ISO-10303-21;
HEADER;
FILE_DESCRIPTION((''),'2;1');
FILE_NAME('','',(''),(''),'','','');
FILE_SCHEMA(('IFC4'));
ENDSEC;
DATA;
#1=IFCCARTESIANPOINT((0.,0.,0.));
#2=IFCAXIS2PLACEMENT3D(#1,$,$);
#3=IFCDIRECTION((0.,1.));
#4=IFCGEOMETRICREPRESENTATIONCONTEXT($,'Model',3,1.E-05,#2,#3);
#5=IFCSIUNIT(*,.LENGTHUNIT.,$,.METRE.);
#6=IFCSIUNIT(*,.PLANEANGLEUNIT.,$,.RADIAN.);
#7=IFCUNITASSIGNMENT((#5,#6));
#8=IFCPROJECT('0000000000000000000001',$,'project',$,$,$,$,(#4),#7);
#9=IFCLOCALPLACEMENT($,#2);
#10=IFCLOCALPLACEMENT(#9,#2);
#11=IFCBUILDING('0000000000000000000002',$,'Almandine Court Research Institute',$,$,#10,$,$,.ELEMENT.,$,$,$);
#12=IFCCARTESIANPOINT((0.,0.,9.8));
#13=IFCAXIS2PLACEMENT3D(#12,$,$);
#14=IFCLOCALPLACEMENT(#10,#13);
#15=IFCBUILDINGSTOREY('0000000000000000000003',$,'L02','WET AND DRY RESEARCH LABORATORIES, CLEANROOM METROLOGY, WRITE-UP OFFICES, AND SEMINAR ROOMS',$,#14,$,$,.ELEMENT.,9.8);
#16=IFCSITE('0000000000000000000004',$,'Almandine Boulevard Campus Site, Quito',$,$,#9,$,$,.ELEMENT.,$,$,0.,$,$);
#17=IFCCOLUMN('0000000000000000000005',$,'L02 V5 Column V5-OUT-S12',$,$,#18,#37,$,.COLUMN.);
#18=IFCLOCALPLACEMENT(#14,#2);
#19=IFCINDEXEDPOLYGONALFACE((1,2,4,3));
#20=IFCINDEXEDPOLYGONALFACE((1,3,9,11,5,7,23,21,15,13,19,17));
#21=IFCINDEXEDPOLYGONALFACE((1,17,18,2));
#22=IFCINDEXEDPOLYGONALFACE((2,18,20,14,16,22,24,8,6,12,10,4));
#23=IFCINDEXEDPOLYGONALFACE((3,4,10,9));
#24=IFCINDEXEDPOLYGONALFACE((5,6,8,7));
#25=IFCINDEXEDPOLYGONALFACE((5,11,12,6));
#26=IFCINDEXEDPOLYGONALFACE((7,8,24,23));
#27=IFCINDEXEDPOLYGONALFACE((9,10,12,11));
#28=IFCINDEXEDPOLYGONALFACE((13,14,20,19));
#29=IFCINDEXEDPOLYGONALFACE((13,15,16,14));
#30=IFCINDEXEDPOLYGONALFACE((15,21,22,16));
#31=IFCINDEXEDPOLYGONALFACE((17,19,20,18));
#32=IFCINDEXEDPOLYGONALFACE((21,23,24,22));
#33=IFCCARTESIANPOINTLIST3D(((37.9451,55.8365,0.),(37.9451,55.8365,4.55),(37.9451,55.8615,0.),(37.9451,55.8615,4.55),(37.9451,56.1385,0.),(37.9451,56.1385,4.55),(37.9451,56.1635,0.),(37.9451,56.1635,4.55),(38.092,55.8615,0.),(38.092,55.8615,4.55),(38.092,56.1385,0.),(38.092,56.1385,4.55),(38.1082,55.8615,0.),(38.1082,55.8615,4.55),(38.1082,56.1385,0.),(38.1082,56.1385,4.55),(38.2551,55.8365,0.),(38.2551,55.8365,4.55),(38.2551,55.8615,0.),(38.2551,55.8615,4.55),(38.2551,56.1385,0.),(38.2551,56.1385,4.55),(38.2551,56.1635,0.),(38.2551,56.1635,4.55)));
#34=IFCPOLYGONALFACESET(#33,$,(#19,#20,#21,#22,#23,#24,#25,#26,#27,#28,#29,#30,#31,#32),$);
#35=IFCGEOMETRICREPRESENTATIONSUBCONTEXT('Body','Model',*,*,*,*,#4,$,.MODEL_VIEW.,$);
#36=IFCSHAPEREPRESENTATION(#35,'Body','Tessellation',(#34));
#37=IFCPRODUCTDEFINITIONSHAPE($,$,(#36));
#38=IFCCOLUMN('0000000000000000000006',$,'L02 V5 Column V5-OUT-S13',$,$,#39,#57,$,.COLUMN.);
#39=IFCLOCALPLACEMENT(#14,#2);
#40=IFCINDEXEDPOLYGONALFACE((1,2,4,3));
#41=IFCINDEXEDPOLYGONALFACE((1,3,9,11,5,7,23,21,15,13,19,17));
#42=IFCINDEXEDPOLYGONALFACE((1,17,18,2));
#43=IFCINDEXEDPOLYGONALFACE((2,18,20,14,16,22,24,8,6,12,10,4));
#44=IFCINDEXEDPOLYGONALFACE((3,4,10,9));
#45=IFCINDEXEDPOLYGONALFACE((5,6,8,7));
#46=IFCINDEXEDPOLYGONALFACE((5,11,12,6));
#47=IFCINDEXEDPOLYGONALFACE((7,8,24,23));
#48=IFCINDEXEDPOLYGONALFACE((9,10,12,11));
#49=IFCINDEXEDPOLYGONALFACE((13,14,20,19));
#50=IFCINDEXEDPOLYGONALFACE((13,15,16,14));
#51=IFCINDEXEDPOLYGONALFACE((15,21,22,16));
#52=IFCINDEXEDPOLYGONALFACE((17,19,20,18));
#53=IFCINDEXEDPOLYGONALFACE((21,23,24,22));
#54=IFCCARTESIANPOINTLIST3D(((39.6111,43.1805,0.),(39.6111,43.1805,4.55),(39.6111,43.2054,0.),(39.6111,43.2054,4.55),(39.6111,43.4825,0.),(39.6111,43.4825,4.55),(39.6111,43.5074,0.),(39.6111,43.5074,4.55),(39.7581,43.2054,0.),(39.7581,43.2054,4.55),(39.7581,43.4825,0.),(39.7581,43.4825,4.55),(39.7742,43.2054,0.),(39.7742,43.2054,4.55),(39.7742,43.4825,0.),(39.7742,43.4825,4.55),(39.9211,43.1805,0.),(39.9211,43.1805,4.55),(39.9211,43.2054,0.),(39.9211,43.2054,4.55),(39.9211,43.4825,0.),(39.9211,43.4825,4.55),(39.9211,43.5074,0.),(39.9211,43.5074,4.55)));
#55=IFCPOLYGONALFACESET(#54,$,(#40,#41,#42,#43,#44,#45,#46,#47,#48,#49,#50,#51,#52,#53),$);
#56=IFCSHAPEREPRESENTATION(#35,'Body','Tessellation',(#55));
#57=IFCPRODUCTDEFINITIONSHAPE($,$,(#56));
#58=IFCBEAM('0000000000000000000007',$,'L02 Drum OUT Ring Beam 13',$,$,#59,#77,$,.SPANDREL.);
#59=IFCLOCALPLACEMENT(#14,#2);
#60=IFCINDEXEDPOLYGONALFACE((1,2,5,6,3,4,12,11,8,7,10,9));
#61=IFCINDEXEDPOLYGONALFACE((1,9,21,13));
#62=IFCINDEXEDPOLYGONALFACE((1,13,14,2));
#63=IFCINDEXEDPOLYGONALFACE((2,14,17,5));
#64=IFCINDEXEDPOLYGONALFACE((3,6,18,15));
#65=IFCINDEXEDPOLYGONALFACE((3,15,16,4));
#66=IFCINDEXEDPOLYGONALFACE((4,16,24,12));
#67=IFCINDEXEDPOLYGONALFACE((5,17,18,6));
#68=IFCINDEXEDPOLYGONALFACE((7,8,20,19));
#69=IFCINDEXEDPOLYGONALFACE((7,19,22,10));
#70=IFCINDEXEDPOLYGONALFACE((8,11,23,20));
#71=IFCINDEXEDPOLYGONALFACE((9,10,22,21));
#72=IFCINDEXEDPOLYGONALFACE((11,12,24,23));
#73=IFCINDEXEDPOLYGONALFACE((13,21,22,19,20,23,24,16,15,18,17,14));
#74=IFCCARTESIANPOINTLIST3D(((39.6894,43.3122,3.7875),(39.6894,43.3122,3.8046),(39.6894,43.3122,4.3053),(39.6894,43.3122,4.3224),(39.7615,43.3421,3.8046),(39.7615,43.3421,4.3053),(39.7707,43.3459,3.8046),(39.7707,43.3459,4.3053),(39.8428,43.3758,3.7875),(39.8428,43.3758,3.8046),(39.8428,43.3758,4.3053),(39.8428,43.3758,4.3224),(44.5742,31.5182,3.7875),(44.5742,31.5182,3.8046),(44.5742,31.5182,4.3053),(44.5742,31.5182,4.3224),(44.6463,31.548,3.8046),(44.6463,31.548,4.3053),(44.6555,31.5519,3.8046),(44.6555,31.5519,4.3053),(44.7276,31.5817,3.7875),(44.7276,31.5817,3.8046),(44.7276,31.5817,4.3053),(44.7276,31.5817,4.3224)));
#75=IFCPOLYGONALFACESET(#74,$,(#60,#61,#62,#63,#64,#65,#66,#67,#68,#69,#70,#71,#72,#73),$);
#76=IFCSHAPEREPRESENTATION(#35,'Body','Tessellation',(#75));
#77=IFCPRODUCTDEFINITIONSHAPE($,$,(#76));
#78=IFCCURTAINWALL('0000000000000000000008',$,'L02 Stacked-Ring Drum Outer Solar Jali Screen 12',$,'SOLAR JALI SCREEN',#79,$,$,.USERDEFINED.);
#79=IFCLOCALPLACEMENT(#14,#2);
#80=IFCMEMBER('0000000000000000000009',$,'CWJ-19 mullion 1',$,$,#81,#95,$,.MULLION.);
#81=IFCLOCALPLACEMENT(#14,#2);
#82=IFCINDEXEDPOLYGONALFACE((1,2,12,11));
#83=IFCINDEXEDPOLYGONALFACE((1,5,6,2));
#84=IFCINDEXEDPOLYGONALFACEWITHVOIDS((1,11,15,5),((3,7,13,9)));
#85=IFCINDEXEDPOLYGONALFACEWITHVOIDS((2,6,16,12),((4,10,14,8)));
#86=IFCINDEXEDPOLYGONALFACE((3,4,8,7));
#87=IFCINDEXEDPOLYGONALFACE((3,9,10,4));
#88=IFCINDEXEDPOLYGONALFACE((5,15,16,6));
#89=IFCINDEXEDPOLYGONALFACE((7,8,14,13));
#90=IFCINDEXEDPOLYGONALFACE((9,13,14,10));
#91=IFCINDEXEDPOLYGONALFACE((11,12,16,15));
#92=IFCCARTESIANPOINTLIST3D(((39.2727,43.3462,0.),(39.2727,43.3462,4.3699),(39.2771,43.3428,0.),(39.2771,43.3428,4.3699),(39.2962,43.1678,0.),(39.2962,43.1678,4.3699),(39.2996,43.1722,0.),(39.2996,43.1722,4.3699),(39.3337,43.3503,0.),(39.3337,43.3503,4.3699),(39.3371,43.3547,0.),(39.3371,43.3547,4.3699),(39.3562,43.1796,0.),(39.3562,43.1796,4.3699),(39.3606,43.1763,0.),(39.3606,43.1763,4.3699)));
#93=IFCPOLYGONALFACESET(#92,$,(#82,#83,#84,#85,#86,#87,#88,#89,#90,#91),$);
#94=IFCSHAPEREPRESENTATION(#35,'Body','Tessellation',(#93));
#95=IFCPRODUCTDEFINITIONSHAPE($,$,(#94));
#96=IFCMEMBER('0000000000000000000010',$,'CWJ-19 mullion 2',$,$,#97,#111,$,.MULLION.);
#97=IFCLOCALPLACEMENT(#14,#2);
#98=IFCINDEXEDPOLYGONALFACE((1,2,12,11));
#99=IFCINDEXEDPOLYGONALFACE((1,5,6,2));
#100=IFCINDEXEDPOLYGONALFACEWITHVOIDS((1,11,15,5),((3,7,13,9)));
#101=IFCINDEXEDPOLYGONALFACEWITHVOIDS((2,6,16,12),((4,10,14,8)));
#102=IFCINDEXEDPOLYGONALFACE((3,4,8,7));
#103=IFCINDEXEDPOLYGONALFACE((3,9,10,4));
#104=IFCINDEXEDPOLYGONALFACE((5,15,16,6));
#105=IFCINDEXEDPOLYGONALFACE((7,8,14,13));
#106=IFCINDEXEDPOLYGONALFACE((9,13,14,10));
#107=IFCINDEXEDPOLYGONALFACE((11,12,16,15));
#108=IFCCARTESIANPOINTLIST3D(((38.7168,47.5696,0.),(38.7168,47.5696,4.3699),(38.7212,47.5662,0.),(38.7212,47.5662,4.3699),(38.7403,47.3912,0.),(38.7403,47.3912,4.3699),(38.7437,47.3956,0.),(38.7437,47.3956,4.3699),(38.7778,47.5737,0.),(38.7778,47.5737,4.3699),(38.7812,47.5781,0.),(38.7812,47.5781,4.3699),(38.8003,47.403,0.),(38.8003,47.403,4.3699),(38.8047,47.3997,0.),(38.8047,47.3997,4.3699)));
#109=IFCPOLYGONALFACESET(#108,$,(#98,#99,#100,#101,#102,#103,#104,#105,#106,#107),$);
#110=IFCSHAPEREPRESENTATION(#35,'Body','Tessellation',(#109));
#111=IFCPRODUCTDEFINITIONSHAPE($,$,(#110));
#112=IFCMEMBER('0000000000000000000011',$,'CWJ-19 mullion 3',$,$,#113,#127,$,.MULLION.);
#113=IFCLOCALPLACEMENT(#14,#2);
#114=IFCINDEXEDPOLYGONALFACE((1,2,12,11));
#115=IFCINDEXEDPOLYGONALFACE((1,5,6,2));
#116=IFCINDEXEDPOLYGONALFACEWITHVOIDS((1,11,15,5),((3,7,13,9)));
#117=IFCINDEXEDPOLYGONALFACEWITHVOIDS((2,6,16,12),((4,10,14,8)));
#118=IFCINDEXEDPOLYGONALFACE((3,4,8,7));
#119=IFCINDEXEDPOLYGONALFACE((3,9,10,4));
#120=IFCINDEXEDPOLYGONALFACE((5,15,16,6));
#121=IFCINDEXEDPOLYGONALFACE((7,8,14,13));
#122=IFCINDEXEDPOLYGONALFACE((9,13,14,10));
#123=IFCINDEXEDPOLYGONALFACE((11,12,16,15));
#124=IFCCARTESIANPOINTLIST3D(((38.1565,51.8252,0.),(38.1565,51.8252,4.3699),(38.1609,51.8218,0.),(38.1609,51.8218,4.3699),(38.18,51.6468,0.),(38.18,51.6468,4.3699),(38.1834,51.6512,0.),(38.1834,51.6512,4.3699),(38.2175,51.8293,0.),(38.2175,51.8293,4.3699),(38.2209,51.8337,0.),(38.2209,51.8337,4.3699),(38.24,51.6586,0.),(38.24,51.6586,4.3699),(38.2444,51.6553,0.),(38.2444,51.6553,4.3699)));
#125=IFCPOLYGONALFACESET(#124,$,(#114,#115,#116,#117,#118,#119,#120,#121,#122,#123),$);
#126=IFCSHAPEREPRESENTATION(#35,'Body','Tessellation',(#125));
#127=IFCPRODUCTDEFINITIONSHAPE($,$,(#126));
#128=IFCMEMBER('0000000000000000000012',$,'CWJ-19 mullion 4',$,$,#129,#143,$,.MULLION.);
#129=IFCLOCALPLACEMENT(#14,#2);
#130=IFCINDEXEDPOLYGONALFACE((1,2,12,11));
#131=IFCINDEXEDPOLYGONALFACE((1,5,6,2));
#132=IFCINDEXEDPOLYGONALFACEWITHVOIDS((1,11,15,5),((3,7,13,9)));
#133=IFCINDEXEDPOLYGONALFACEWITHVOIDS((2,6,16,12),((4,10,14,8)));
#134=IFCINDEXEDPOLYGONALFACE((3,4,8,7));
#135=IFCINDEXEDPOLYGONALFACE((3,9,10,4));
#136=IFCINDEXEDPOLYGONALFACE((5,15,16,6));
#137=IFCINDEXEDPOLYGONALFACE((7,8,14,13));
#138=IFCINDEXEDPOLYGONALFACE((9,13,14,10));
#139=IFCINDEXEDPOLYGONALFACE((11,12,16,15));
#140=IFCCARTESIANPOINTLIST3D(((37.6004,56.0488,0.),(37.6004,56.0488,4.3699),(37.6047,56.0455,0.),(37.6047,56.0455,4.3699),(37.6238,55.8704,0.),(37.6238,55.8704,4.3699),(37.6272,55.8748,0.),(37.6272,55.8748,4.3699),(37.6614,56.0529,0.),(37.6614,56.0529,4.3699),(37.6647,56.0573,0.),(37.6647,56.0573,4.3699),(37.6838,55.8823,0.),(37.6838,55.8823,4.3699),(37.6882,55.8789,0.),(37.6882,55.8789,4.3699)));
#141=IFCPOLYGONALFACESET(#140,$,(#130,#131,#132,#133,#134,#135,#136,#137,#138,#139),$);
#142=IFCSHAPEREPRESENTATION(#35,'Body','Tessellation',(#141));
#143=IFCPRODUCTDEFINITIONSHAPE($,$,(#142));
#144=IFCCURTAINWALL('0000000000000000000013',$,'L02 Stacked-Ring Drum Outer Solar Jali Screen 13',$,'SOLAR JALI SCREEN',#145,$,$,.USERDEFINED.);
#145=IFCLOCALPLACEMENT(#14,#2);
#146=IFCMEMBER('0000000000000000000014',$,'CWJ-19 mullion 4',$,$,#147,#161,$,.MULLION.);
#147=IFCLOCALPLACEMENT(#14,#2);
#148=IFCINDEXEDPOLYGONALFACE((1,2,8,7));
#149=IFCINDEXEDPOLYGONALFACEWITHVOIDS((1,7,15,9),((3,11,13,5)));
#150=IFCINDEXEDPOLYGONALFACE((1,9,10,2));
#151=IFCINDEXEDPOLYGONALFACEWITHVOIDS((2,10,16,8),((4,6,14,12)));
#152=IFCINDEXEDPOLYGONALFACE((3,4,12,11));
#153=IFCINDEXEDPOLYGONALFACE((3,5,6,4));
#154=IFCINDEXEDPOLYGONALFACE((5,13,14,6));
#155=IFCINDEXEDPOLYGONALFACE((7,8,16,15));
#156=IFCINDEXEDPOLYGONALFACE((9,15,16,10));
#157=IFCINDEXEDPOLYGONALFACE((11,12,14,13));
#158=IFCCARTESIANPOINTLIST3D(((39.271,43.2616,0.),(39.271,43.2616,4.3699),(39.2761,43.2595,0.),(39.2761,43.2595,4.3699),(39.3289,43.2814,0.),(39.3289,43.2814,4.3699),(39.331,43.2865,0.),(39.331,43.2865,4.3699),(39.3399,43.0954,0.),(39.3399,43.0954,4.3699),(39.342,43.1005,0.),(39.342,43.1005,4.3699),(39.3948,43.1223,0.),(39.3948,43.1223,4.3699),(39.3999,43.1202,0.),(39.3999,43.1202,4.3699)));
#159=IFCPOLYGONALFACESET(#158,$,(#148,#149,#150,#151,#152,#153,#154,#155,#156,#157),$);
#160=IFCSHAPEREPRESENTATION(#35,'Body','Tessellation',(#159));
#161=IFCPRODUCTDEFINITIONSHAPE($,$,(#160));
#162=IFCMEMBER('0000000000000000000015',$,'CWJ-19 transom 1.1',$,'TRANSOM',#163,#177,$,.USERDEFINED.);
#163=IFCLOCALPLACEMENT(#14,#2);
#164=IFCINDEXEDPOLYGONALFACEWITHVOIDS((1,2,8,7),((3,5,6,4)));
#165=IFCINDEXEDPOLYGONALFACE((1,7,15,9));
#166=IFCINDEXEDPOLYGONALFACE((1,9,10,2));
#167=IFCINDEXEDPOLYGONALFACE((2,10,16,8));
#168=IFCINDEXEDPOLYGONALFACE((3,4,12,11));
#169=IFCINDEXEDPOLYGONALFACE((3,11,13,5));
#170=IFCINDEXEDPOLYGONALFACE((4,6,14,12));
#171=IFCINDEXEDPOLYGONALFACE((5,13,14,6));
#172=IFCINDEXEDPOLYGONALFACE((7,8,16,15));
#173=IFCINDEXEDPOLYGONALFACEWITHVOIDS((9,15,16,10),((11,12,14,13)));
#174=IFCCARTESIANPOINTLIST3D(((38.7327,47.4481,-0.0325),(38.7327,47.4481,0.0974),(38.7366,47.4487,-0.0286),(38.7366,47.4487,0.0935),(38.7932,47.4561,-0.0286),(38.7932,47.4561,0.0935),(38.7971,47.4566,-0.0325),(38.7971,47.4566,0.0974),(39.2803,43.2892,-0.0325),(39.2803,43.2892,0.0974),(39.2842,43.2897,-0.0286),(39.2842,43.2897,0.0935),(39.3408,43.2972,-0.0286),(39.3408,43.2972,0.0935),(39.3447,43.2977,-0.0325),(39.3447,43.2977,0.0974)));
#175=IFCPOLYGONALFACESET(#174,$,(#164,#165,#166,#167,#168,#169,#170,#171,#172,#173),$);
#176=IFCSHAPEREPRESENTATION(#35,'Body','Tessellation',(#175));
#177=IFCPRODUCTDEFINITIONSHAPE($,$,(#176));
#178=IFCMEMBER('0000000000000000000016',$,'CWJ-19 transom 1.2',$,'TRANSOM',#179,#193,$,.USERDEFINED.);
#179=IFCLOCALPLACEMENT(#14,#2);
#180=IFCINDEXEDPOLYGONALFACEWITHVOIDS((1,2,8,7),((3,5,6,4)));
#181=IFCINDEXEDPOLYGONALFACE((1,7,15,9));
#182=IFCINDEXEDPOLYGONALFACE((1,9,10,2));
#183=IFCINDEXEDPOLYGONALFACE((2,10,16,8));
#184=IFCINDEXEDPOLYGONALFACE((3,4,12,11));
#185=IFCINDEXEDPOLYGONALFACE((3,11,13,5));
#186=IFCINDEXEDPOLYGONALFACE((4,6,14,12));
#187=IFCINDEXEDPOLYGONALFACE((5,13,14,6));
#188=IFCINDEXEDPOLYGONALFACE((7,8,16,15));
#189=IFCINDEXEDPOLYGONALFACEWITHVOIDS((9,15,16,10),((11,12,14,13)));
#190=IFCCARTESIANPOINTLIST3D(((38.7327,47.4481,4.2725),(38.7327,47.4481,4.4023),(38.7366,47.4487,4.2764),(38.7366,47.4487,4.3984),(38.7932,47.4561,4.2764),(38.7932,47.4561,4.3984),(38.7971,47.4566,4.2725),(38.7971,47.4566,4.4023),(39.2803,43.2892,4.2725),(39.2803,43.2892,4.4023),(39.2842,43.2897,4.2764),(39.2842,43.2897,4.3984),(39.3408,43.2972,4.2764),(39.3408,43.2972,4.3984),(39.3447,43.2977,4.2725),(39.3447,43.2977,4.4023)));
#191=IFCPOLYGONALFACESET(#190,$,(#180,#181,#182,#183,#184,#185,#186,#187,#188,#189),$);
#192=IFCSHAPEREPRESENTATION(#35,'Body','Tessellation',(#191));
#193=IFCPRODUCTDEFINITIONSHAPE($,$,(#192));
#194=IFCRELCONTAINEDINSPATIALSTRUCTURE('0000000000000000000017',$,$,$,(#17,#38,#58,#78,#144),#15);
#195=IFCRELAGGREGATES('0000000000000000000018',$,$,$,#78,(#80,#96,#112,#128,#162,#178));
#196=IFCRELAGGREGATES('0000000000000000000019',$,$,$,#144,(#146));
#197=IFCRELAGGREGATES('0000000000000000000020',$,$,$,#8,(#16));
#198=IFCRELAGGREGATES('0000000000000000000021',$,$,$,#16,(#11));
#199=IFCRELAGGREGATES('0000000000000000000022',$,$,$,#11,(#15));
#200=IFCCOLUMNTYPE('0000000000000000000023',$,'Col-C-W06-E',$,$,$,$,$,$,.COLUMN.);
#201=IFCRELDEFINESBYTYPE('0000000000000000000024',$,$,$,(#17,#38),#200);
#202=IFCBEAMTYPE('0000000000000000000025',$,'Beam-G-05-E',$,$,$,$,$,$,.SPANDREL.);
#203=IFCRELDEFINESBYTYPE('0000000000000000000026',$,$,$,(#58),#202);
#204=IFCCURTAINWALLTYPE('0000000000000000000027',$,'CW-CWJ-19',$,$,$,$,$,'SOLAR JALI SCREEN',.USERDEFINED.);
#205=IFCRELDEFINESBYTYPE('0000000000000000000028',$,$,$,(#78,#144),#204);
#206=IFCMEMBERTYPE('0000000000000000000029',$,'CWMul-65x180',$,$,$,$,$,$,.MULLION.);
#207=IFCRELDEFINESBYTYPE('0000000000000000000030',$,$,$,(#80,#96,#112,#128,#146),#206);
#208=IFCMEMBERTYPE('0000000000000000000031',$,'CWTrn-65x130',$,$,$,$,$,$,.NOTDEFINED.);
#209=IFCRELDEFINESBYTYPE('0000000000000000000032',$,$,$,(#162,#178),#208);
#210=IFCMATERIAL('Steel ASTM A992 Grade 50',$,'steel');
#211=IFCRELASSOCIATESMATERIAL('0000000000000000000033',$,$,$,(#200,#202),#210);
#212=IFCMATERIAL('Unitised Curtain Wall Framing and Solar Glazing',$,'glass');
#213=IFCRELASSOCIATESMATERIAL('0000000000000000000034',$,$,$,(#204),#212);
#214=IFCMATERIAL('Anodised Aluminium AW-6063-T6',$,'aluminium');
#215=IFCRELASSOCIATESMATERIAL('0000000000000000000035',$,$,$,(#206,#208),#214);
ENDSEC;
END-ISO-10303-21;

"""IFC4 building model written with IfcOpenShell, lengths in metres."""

from ifc_helpers import new_model, si_unit, direction, frame, origin, origin_2d, place, context, subcontext, project, spatial, hollow_rectangle, i_section, extrude, material, material_profile, profile_set, type_object, element, aggregate, save


model = new_model("IFC4")

# Units and contexts
model_context = context("Model", 3, precision=1e-05, world=origin(), true_north=direction((0.0, 1.0)))
body_context = subcontext(model_context, "Body", "Model", "MODEL_VIEW")
ifc_project = project(units=[si_unit("LENGTHUNIT", "METRE"), si_unit("PLANEANGLEUNIT", "RADIAN")], contexts=[model_context])

# Site, building, storey
site_placement = place(None, origin())
site = spatial("IfcSite", under=ifc_project, at=site_placement, Name="Almandine Boulevard Campus Site, Quito", CompositionType="ELEMENT", RefElevation=0.0)
building_placement = place(site_placement, origin())
building = spatial("IfcBuilding", under=site, at=building_placement, Name="Almandine Court Research Institute", CompositionType="ELEMENT")
storey_placement = place(building_placement, frame((0.0, 0.0, 9.8)))
storey = spatial("IfcBuildingStorey", under=building, at=storey_placement, Name="L02", Description="WET AND DRY RESEARCH LABORATORIES, CLEANROOM METROLOGY, WRITE-UP OFFICES, AND SEMINAR ROOMS", CompositionType="ELEMENT", Elevation=9.8)

# Columns
ifc_material_1 = material(Name="Steel ASTM A992 Grade 50", Category="steel")
ifc_material_profile_1 = material_profile(ifc_material_1, i_section(OverallWidth=0.3101, OverallDepth=0.3269, WebThickness=0.0161, FlangeThickness=0.0249, at=origin_2d()), Name="W310x158")
ifc_profile_set_1 = profile_set([ifc_material_profile_1], Name="Steel ASTM A992 Grade 50")
column_type = type_object("IfcColumnType", Name="Col-C-W06-E", PredefinedType="COLUMN", material=ifc_profile_set_1)
for number, where, z_axis, x_axis, name in (
    (1, (38.1001, 56.0, 0.0), (0.0, 0.0, 1.0), (1.0, 0.0, 0.0), "L02 V5 Column V5-OUT-S12"),
    (2, (39.7661, 43.344, 0.0), (0.0, 0.0, 1.0), (1.0, 0.0, 0.0), "L02 V5 Column V5-OUT-S13"),
):
    element("IfcColumn", number, at=place(storey_placement, frame(where, z_axis=z_axis, x_axis=x_axis)), inside=storey, type_object=column_type, Name=name, PredefinedType="COLUMN", context=body_context, shape_type="SweptSolid", body=[
        extrude(i_section(OverallWidth=0.3101, OverallDepth=0.3269, WebThickness=0.0161, FlangeThickness=0.0249, at=origin_2d()), origin(), (0.0, 0.0, 1.0), 4.55),
    ])

# Beam
ifc_material_profile_2 = material_profile(ifc_material_1, i_section(OverallWidth=0.166, OverallDepth=0.5349, WebThickness=0.01, FlangeThickness=0.0171, at=origin_2d()), Name="W530x85")
ifc_profile_set_2 = profile_set([ifc_material_profile_2], Name="Steel ASTM A992 Grade 50")
beam_type = type_object("IfcBeamType", Name="Beam-G-05-E", PredefinedType="SPANDREL", material=ifc_profile_set_2)
beam_placement = place(storey_placement, frame((39.7661, 43.344, 4.0549), z_axis=(0.382654, -0.923892, 0.0), x_axis=(0.923892, 0.382654, 0.0)))
element("IfcBeam", 3, at=beam_placement, inside=storey, type_object=beam_type, Name="L02 Drum OUT Ring Beam 13", PredefinedType="SPANDREL", context=body_context, shape_type="SweptSolid", body=[
    extrude(i_section(OverallWidth=0.166, OverallDepth=0.5349, WebThickness=0.01, FlangeThickness=0.0171, at=origin_2d()), origin(), (0.0, 0.0, 1.0), 12.7656),
])

# Curtain wall, members
ifc_material_2 = material(Name="Unitised Curtain Wall Framing and Solar Glazing", Category="glass")
curtain_wall_type = type_object("IfcCurtainWallType", Name="CW-CWJ-19", ElementType="SOLAR JALI SCREEN", PredefinedType="USERDEFINED", material=ifc_material_2)
curtain_wall_1_placement = place(storey_placement, origin())
curtain_wall_1 = element("IfcCurtainWall", 4, at=curtain_wall_1_placement, inside=storey, type_object=curtain_wall_type, Name="L02 Stacked-Ring Drum Outer Solar Jali Screen 12", ObjectType="SOLAR JALI SCREEN", PredefinedType="USERDEFINED")
ifc_material_3 = material(Name="Anodised Aluminium AW-6063-T6", Category="aluminium")
ifc_material_profile_3 = material_profile(ifc_material_3, hollow_rectangle(XDim=0.0649, YDim=0.1799, WallThickness=0.0039, at=origin_2d()), Name="ALU RHS 65x180x4")
ifc_profile_set_3 = profile_set([ifc_material_profile_3], Name="Anodised Aluminium AW-6063-T6")
member_type_1 = type_object("IfcMemberType", Name="CWMul-65x180", PredefinedType="MULLION", material=ifc_profile_set_3)
member_1_placement = place(storey_placement, frame((39.3167, 43.2612, 0.0), z_axis=(0.0, 0.0, 1.0), x_axis=(-0.991443, -0.130541, 0.0)))
member_1 = element("IfcMember", 5, at=member_1_placement, type_object=member_type_1, Name="CWJ-19 mullion 1", PredefinedType="MULLION", context=body_context, shape_type="SweptSolid", body=[
    extrude(hollow_rectangle(XDim=0.0649, YDim=0.1799, WallThickness=0.0039, at=origin_2d()), origin(), (0.0, 0.0, 1.0), 4.3699),
])
member_2_placement = place(storey_placement, frame((38.7607, 47.4846, 0.0), z_axis=(0.0, 0.0, 1.0), x_axis=(-0.991443, -0.130541, 0.0)))
member_2 = element("IfcMember", 6, at=member_2_placement, type_object=member_type_1, Name="CWJ-19 mullion 2", PredefinedType="MULLION", context=body_context, shape_type="SweptSolid", body=[
    extrude(hollow_rectangle(XDim=0.0649, YDim=0.1799, WallThickness=0.0039, at=origin_2d()), origin(), (0.0, 0.0, 1.0), 4.3699),
])
member_3_placement = place(storey_placement, frame((38.2004, 51.7402, 0.0), z_axis=(0.0, 0.0, 1.0), x_axis=(-0.991443, -0.130541, 0.0)))
member_3 = element("IfcMember", 7, at=member_3_placement, type_object=member_type_1, Name="CWJ-19 mullion 3", PredefinedType="MULLION", context=body_context, shape_type="SweptSolid", body=[
    extrude(hollow_rectangle(XDim=0.0649, YDim=0.1799, WallThickness=0.0039, at=origin_2d()), origin(), (0.0, 0.0, 1.0), 4.3699),
])
member_4_placement = place(storey_placement, frame((37.6443, 55.9639, 0.0), z_axis=(0.0, 0.0, 1.0), x_axis=(-0.991443, -0.130541, 0.0)))
member_4 = element("IfcMember", 8, at=member_4_placement, type_object=member_type_1, Name="CWJ-19 mullion 4", PredefinedType="MULLION", context=body_context, shape_type="SweptSolid", body=[
    extrude(hollow_rectangle(XDim=0.0649, YDim=0.1799, WallThickness=0.0039, at=origin_2d()), origin(), (0.0, 0.0, 1.0), 4.3699),
])

# Curtain wall, member
curtain_wall_2_placement = place(storey_placement, origin())
curtain_wall_2 = element("IfcCurtainWall", 9, at=curtain_wall_2_placement, inside=storey, type_object=curtain_wall_type, Name="L02 Stacked-Ring Drum Outer Solar Jali Screen 13", ObjectType="SOLAR JALI SCREEN", PredefinedType="USERDEFINED")
member_5_placement = place(storey_placement, frame((39.3354, 43.1909, 0.0), z_axis=(0.0, 0.0, 1.0), x_axis=(-0.923888, -0.382663, 0.0)))
member_5 = element("IfcMember", 10, at=member_5_placement, type_object=member_type_1, Name="CWJ-19 mullion 4", PredefinedType="MULLION", context=body_context, shape_type="SweptSolid", body=[
    extrude(hollow_rectangle(XDim=0.0649, YDim=0.1799, WallThickness=0.0039, at=origin_2d()), origin(), (0.0, 0.0, 1.0), 4.3699),
])

# Members
ifc_material_profile_4 = material_profile(ifc_material_3, hollow_rectangle(XDim=0.0649, YDim=0.1299, WallThickness=0.0039, at=origin_2d()), Name="ALU RHS 65x130x4")
ifc_profile_set_4 = profile_set([ifc_material_profile_4], Name="Anodised Aluminium AW-6063-T6")
member_type_2 = type_object("IfcMemberType", Name="CWTrn-65x130", PredefinedType="NOTDEFINED", material=ifc_profile_set_4)
member_6_placement = place(storey_placement, frame((39.3125, 43.2935, 0.0325), z_axis=(-0.130543, 0.991443, 0.0), x_axis=(-0.991443, -0.130543, 0.0)))
member_6 = element("IfcMember", 11, at=member_6_placement, type_object=member_type_2, Name="CWJ-19 transom 1.1", ObjectType="TRANSOM", PredefinedType="USERDEFINED", context=body_context, shape_type="SweptSolid", body=[
    extrude(hollow_rectangle(XDim=0.0649, YDim=0.1299, WallThickness=0.0039, at=origin_2d()), origin(), (0.0, 0.0, 1.0), 4.1948),
])
member_7_placement = place(storey_placement, frame((39.3125, 43.2935, 4.3374), z_axis=(-0.130543, 0.991443, 0.0), x_axis=(-0.991443, -0.130543, 0.0)))
member_7 = element("IfcMember", 12, at=member_7_placement, type_object=member_type_2, Name="CWJ-19 transom 1.2", ObjectType="TRANSOM", PredefinedType="USERDEFINED", context=body_context, shape_type="SweptSolid", body=[
    extrude(hollow_rectangle(XDim=0.0649, YDim=0.1299, WallThickness=0.0039, at=origin_2d()), origin(), (0.0, 0.0, 1.0), 4.1948),
])

aggregate(curtain_wall_1, [member_1, member_2, member_3, member_4, member_6, member_7])
aggregate(curtain_wall_2, [member_5])

save(model, "model.ifc")
